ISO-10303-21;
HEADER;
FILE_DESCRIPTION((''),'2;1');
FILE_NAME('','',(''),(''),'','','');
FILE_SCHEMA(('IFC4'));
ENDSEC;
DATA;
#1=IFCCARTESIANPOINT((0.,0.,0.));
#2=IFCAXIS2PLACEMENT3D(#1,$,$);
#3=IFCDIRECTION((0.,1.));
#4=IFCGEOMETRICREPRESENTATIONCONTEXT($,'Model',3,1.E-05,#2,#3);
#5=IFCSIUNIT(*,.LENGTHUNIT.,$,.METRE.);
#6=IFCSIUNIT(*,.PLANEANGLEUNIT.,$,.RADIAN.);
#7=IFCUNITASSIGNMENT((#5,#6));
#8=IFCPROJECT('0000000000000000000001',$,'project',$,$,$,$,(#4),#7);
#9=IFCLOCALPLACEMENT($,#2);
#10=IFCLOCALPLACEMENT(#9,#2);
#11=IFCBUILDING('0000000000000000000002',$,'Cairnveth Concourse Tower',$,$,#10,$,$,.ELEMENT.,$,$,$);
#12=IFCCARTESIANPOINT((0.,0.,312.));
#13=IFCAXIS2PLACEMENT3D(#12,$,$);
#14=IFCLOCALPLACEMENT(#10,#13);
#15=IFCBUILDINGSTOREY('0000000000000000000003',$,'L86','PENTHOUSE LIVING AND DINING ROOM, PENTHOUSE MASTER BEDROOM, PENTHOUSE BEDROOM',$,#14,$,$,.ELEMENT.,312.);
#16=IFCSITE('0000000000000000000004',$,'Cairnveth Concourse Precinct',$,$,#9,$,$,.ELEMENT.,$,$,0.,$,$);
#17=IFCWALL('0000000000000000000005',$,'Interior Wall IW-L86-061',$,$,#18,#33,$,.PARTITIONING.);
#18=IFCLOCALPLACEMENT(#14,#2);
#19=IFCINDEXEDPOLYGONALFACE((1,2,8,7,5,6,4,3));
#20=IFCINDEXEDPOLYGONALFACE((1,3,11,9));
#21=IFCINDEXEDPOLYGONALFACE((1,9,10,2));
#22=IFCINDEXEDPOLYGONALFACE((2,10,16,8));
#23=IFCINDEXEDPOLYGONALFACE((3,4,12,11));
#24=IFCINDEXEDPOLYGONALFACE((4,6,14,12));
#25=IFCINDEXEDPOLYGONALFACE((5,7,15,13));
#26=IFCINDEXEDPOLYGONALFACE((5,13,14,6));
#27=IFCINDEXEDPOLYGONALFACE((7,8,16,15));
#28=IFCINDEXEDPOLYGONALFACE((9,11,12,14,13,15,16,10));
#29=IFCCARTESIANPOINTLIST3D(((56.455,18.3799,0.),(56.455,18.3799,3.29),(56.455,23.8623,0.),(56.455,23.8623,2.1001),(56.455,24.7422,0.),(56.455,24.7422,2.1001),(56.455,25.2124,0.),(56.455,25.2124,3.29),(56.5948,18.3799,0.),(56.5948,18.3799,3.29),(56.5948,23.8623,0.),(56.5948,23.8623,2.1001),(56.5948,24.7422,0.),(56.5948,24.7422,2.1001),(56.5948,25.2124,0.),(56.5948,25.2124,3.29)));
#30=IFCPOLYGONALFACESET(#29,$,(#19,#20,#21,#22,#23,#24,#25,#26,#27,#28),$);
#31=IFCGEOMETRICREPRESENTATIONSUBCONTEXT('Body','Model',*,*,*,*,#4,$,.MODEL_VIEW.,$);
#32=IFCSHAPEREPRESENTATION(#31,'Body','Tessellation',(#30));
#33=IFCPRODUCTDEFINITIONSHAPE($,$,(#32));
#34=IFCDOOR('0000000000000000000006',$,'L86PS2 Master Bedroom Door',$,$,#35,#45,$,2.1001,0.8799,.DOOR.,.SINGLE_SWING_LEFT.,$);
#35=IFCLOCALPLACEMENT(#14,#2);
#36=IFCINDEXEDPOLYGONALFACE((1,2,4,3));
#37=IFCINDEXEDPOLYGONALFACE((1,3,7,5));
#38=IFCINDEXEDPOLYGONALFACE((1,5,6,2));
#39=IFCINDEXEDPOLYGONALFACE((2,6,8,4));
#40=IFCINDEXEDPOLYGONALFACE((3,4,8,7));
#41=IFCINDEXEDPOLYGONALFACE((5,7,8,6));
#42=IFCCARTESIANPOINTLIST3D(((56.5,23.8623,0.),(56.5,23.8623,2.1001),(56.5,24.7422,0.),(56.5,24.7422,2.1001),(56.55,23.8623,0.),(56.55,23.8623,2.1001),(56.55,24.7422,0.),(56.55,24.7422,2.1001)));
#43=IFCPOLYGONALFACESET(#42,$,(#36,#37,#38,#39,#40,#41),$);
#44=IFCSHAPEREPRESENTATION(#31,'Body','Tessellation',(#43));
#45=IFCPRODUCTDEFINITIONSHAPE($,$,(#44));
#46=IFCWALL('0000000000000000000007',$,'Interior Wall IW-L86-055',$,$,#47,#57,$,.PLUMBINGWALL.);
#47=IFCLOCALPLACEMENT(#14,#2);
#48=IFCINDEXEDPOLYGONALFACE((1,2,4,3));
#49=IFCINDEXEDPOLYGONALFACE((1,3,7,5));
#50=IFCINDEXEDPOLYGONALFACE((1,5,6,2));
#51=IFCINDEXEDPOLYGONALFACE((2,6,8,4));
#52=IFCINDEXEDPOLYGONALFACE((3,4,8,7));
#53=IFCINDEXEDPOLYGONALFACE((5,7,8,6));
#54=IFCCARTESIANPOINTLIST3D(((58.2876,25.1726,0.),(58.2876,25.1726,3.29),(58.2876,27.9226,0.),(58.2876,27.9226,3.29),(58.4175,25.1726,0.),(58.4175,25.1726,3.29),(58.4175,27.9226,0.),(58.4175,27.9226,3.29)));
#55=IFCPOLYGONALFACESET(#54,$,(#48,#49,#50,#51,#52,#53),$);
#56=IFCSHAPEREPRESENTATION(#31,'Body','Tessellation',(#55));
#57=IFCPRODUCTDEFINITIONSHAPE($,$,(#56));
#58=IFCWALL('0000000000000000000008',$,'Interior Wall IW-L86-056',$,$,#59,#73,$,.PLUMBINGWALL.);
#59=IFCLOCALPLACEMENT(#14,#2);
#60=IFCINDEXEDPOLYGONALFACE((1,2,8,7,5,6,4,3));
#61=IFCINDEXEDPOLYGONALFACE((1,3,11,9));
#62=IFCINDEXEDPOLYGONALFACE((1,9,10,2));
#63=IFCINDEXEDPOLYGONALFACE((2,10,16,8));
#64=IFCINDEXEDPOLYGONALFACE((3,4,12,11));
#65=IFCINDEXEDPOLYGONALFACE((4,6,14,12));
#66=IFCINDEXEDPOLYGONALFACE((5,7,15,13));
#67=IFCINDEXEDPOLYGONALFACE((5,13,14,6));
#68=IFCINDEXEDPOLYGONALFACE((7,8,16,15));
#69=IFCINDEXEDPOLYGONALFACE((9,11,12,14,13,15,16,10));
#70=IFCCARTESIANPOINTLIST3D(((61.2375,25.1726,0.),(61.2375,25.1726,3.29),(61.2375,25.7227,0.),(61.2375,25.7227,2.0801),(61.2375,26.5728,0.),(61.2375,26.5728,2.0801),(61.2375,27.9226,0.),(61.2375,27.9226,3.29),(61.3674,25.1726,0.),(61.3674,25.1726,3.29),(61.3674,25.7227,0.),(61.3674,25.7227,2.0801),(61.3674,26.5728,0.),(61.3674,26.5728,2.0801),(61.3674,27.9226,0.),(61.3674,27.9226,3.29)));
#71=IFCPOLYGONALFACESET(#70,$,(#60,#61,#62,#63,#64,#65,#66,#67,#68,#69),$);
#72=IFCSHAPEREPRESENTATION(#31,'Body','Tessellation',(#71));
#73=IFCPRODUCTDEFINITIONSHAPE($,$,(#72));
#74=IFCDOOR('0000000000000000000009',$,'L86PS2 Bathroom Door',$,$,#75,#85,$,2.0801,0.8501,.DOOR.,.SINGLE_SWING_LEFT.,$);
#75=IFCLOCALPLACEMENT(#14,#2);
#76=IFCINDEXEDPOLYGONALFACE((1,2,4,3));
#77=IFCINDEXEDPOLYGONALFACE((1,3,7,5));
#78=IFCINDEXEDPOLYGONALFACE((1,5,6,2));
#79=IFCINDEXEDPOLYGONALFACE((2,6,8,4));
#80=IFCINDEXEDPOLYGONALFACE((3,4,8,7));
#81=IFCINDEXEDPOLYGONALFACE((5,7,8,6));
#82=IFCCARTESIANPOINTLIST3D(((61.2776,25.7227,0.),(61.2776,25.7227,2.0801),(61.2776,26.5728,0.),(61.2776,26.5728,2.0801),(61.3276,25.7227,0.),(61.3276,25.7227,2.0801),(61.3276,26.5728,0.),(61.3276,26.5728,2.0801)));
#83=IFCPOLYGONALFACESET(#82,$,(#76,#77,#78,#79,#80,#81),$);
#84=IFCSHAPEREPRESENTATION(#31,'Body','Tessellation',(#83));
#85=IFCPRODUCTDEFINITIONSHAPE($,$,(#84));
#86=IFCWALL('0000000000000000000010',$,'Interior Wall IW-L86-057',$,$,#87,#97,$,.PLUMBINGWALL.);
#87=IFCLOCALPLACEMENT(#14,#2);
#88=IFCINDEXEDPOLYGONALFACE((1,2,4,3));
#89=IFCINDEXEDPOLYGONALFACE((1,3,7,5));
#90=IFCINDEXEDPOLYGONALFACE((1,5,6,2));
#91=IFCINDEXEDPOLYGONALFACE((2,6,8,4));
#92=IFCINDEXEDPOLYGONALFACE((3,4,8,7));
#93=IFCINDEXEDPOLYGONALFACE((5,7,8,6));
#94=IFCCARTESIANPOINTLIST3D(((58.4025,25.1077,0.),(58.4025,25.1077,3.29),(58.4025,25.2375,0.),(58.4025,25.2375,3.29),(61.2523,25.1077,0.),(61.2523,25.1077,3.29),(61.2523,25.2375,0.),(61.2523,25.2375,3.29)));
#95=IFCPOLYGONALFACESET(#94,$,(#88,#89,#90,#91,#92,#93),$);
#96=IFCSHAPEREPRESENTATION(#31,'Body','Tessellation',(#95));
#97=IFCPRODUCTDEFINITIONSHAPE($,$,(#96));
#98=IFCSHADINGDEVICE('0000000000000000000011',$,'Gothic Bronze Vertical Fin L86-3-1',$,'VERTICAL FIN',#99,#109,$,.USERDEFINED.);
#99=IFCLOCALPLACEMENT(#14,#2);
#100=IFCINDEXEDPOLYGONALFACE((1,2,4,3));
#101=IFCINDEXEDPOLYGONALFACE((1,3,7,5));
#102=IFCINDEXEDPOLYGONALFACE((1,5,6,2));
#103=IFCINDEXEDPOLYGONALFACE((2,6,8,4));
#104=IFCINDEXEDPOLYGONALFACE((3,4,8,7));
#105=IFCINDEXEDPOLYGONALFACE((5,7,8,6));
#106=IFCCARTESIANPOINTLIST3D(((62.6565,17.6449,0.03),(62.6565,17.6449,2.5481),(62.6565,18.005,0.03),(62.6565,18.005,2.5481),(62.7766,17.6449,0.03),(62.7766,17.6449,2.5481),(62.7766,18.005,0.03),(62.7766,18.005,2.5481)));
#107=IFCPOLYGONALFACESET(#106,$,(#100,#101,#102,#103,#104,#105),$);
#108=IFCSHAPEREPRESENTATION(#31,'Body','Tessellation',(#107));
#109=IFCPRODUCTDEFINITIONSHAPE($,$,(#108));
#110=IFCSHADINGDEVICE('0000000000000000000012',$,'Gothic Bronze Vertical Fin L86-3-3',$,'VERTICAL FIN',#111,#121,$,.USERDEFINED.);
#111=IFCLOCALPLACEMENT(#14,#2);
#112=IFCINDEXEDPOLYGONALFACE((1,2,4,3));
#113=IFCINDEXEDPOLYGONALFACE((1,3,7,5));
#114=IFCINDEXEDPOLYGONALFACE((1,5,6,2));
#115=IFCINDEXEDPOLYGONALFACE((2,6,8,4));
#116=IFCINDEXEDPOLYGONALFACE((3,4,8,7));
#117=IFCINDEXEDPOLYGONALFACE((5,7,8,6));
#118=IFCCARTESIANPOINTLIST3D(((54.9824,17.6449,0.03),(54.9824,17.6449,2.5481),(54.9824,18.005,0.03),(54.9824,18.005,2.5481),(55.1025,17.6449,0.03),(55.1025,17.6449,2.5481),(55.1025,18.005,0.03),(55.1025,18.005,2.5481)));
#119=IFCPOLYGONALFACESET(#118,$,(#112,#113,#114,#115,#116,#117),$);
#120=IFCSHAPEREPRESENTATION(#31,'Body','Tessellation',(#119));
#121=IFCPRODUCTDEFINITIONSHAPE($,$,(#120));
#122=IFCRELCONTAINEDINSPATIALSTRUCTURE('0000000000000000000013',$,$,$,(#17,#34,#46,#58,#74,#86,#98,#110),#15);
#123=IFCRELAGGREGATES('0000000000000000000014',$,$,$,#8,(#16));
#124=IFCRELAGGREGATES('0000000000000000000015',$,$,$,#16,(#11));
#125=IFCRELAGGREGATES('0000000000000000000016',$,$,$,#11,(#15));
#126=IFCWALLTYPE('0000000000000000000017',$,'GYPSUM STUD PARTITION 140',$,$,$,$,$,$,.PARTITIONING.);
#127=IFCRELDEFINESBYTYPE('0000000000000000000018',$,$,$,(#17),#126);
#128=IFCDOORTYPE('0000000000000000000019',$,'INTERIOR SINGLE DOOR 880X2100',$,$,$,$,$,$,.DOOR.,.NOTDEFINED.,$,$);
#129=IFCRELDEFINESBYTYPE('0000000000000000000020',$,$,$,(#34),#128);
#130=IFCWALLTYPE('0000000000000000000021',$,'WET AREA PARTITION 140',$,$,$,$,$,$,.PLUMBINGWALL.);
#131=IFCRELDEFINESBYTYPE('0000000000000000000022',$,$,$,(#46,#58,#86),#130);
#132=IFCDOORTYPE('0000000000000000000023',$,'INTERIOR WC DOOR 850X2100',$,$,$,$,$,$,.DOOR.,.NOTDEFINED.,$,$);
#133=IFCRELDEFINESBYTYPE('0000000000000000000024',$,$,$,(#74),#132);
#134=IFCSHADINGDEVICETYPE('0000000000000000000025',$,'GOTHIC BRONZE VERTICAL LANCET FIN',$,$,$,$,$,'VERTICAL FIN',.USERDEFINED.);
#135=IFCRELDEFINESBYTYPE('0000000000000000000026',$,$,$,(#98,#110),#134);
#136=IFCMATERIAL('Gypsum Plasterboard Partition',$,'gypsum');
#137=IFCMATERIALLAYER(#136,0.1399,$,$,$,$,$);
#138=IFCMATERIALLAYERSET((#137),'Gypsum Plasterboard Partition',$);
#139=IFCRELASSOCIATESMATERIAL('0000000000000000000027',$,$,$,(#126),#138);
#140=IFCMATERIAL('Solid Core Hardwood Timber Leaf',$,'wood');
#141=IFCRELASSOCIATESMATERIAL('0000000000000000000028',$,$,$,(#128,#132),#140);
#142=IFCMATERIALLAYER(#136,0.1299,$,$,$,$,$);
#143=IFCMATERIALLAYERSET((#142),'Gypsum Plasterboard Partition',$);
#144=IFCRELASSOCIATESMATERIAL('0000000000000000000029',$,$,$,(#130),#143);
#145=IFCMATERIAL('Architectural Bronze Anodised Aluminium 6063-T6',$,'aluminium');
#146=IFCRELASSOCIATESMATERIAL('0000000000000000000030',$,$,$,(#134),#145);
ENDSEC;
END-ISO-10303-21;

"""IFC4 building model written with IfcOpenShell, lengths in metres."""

from ifc_helpers import new_model, si_unit, direction, frame, frame_2d, origin, origin_2d, place, context, subcontext, project, spatial, rectangle, extrude, material, layer, layer_set, type_object, element, fill, save


model = new_model("IFC4")

# Units and contexts
model_context = context("Model", 3, precision=1e-05, world=origin(), true_north=direction((0.0, 1.0)))
body_context = subcontext(model_context, "Body", "Model", "MODEL_VIEW")
ifc_project = project(units=[si_unit("LENGTHUNIT", "METRE"), si_unit("PLANEANGLEUNIT", "RADIAN")], contexts=[model_context])

# Site, building, storey
site_placement = place(None, origin())
site = spatial("IfcSite", under=ifc_project, at=site_placement, Name="Cairnveth Concourse Precinct", CompositionType="ELEMENT", RefElevation=0.0)
building_placement = place(site_placement, origin())
building = spatial("IfcBuilding", under=site, at=building_placement, Name="Cairnveth Concourse Tower", CompositionType="ELEMENT")
storey_placement = place(building_placement, frame((0.0, 0.0, 312.0)))
storey = spatial("IfcBuildingStorey", under=building, at=storey_placement, Name="L86", Description="PENTHOUSE LIVING AND DINING ROOM, PENTHOUSE MASTER BEDROOM, PENTHOUSE BEDROOM", CompositionType="ELEMENT", Elevation=312.0)

# Shared definitions
ifc_material_1 = material(Name="Gypsum Plasterboard Partition", Category="gypsum")
ifc_material_2 = material(Name="Solid Core Hardwood Timber Leaf", Category="wood")

# Wall, opening, door
ifc_layer_1 = layer(ifc_material_1, 0.1399)
ifc_layer_set_1 = layer_set([ifc_layer_1], Name="Gypsum Plasterboard Partition")
wall_type_1 = type_object("IfcWallType", Name="GYPSUM STUD PARTITION 140", PredefinedType="PARTITIONING", material=ifc_layer_set_1)
wall_1_placement = place(storey_placement, frame((56.5249, 18.3799, 0.0), z_axis=(0.0, 0.0, 1.0), x_axis=(0.0, 1.0, 0.0)))
wall_1 = element("IfcWall", 1, at=wall_1_placement, inside=storey, type_object=wall_type_1, Name="Interior Wall IW-L86-061", PredefinedType="PARTITIONING", context=body_context, shape_type="SweptSolid", body=[
    extrude(rectangle(XDim=6.8325, YDim=0.1399, at=frame_2d((3.4163, 0.0))), origin(), (0.0, 0.0, 1.0), 3.29),
])
opening_1_placement = place(wall_1_placement, frame((5.4824, 0.0, 0.0)))
opening_1 = element("IfcOpeningElement", 2, at=opening_1_placement, cuts=wall_1, PredefinedType="OPENING", context=body_context, shape_type="SweptSolid", body=[
    extrude(rectangle(XDim=0.8799, YDim=2.1001, at=frame_2d((0.4399, 1.05))), frame((0.0, 0.0798, 0.0), z_axis=(0.0, -1.0, 0.0), x_axis=(1.0, 0.0, 0.0)), (0.0, 0.0, 1.0), 0.1599),
])
door_type_1 = type_object("IfcDoorType", Name="INTERIOR SINGLE DOOR 880X2100", OperationType="NOTDEFINED", PredefinedType="DOOR", material=ifc_material_2)
door_1_placement = place(opening_1_placement, origin())
door_1 = element("IfcDoor", 3, at=door_1_placement, inside=storey, type_object=door_type_1, Name="L86PS2 Master Bedroom Door", OperationType="SINGLE_SWING_LEFT", OverallHeight=2.1001, OverallWidth=0.8799, PredefinedType="DOOR", context=body_context, shape_type="SweptSolid", body=[
    extrude(rectangle(XDim=0.8799, YDim=2.1001, at=frame_2d((0.4399, 1.05))), frame((0.0, 0.0249, 0.0), z_axis=(0.0, -1.0, 0.0), x_axis=(1.0, 0.0, 0.0)), (0.0, 0.0, 1.0), 0.05),
])
fill(opening_1, door_1)

# Wall
ifc_layer_2 = layer(ifc_material_1, 0.1299)
ifc_layer_set_2 = layer_set([ifc_layer_2], Name="Gypsum Plasterboard Partition")
wall_type_2 = type_object("IfcWallType", Name="WET AREA PARTITION 140", PredefinedType="PLUMBINGWALL", material=ifc_layer_set_2)
wall_2_placement = place(storey_placement, frame((58.3525, 25.1726, 0.0), z_axis=(0.0, 0.0, 1.0), x_axis=(0.0, 1.0, 0.0)))
element("IfcWall", 4, at=wall_2_placement, inside=storey, type_object=wall_type_2, Name="Interior Wall IW-L86-055", PredefinedType="PLUMBINGWALL", context=body_context, shape_type="SweptSolid", body=[
    extrude(rectangle(XDim=2.75, YDim=0.1299, at=frame_2d((1.375, 0.0))), origin(), (0.0, 0.0, 1.0), 3.29),
])

# Wall, opening, door
wall_3_placement = place(storey_placement, frame((61.3025, 25.1726, 0.0), z_axis=(0.0, 0.0, 1.0), x_axis=(0.0, 1.0, 0.0)))
wall_3 = element("IfcWall", 5, at=wall_3_placement, inside=storey, type_object=wall_type_2, Name="Interior Wall IW-L86-056", PredefinedType="PLUMBINGWALL", context=body_context, shape_type="SweptSolid", body=[
    extrude(rectangle(XDim=2.75, YDim=0.1299, at=frame_2d((1.375, 0.0))), origin(), (0.0, 0.0, 1.0), 3.29),
])
opening_2_placement = place(wall_3_placement, frame((0.55, 0.0, 0.0)))
opening_2 = element("IfcOpeningElement", 6, at=opening_2_placement, cuts=wall_3, PredefinedType="OPENING", context=body_context, shape_type="SweptSolid", body=[
    extrude(rectangle(XDim=0.8501, YDim=2.0801, at=frame_2d((0.425, 1.04))), frame((0.0, 0.075, 0.0), z_axis=(0.0, -1.0, 0.0), x_axis=(1.0, 0.0, 0.0)), (0.0, 0.0, 1.0), 0.1499),
])
door_type_2 = type_object("IfcDoorType", Name="INTERIOR WC DOOR 850X2100", OperationType="NOTDEFINED", PredefinedType="DOOR", material=ifc_material_2)
door_2_placement = place(opening_2_placement, origin())
door_2 = element("IfcDoor", 7, at=door_2_placement, inside=storey, type_object=door_type_2, Name="L86PS2 Bathroom Door", OperationType="SINGLE_SWING_LEFT", OverallHeight=2.0801, OverallWidth=0.8501, PredefinedType="DOOR", context=body_context, shape_type="SweptSolid", body=[
    extrude(rectangle(XDim=0.8501, YDim=2.0801, at=frame_2d((0.425, 1.04))), frame((0.0, 0.0249, 0.0), z_axis=(0.0, -1.0, 0.0), x_axis=(1.0, 0.0, 0.0)), (0.0, 0.0, 1.0), 0.05),
])
fill(opening_2, door_2)

# Wall
wall_4_placement = place(storey_placement, frame((58.4026, 25.1726, 0.0), z_axis=(0.0, 0.0, 1.0), x_axis=(1.0, 0.0, 0.0)))
element("IfcWall", 8, at=wall_4_placement, inside=storey, type_object=wall_type_2, Name="Interior Wall IW-L86-057", PredefinedType="PLUMBINGWALL", context=body_context, shape_type="SweptSolid", body=[
    extrude(rectangle(XDim=2.8499, YDim=0.1299, at=frame_2d((1.4248, 0.0))), origin(), (0.0, 0.0, 1.0), 3.29),
])

# Shading devices
ifc_material_3 = material(Name="Architectural Bronze Anodised Aluminium 6063-T6", Category="aluminium")
shading_device_type = type_object("IfcShadingDeviceType", Name="GOTHIC BRONZE VERTICAL LANCET FIN", ElementType="VERTICAL FIN", PredefinedType="USERDEFINED", material=ifc_material_3)
for number, where, z_axis, x_axis, name in (
    (9, (62.7166, 17.825, 0.03), (0.0, 0.0, 1.0), (1.0, 0.0, 0.0), "Gothic Bronze Vertical Fin L86-3-1"),
    (10, (55.0425, 17.825, 0.03), (0.0, 0.0, 1.0), (1.0, 0.0, 0.0), "Gothic Bronze Vertical Fin L86-3-3"),
):
    element("IfcShadingDevice", number, at=place(storey_placement, frame(where, z_axis=z_axis, x_axis=x_axis)), inside=storey, type_object=shading_device_type, Name=name, ObjectType="VERTICAL FIN", PredefinedType="USERDEFINED", context=body_context, shape_type="SweptSolid", body=[
        extrude(rectangle(XDim=0.1201, YDim=0.3601, at=origin_2d()), origin(), (0.0, 0.0, 1.0), 2.5181),
    ])

save(model, "model.ifc")
